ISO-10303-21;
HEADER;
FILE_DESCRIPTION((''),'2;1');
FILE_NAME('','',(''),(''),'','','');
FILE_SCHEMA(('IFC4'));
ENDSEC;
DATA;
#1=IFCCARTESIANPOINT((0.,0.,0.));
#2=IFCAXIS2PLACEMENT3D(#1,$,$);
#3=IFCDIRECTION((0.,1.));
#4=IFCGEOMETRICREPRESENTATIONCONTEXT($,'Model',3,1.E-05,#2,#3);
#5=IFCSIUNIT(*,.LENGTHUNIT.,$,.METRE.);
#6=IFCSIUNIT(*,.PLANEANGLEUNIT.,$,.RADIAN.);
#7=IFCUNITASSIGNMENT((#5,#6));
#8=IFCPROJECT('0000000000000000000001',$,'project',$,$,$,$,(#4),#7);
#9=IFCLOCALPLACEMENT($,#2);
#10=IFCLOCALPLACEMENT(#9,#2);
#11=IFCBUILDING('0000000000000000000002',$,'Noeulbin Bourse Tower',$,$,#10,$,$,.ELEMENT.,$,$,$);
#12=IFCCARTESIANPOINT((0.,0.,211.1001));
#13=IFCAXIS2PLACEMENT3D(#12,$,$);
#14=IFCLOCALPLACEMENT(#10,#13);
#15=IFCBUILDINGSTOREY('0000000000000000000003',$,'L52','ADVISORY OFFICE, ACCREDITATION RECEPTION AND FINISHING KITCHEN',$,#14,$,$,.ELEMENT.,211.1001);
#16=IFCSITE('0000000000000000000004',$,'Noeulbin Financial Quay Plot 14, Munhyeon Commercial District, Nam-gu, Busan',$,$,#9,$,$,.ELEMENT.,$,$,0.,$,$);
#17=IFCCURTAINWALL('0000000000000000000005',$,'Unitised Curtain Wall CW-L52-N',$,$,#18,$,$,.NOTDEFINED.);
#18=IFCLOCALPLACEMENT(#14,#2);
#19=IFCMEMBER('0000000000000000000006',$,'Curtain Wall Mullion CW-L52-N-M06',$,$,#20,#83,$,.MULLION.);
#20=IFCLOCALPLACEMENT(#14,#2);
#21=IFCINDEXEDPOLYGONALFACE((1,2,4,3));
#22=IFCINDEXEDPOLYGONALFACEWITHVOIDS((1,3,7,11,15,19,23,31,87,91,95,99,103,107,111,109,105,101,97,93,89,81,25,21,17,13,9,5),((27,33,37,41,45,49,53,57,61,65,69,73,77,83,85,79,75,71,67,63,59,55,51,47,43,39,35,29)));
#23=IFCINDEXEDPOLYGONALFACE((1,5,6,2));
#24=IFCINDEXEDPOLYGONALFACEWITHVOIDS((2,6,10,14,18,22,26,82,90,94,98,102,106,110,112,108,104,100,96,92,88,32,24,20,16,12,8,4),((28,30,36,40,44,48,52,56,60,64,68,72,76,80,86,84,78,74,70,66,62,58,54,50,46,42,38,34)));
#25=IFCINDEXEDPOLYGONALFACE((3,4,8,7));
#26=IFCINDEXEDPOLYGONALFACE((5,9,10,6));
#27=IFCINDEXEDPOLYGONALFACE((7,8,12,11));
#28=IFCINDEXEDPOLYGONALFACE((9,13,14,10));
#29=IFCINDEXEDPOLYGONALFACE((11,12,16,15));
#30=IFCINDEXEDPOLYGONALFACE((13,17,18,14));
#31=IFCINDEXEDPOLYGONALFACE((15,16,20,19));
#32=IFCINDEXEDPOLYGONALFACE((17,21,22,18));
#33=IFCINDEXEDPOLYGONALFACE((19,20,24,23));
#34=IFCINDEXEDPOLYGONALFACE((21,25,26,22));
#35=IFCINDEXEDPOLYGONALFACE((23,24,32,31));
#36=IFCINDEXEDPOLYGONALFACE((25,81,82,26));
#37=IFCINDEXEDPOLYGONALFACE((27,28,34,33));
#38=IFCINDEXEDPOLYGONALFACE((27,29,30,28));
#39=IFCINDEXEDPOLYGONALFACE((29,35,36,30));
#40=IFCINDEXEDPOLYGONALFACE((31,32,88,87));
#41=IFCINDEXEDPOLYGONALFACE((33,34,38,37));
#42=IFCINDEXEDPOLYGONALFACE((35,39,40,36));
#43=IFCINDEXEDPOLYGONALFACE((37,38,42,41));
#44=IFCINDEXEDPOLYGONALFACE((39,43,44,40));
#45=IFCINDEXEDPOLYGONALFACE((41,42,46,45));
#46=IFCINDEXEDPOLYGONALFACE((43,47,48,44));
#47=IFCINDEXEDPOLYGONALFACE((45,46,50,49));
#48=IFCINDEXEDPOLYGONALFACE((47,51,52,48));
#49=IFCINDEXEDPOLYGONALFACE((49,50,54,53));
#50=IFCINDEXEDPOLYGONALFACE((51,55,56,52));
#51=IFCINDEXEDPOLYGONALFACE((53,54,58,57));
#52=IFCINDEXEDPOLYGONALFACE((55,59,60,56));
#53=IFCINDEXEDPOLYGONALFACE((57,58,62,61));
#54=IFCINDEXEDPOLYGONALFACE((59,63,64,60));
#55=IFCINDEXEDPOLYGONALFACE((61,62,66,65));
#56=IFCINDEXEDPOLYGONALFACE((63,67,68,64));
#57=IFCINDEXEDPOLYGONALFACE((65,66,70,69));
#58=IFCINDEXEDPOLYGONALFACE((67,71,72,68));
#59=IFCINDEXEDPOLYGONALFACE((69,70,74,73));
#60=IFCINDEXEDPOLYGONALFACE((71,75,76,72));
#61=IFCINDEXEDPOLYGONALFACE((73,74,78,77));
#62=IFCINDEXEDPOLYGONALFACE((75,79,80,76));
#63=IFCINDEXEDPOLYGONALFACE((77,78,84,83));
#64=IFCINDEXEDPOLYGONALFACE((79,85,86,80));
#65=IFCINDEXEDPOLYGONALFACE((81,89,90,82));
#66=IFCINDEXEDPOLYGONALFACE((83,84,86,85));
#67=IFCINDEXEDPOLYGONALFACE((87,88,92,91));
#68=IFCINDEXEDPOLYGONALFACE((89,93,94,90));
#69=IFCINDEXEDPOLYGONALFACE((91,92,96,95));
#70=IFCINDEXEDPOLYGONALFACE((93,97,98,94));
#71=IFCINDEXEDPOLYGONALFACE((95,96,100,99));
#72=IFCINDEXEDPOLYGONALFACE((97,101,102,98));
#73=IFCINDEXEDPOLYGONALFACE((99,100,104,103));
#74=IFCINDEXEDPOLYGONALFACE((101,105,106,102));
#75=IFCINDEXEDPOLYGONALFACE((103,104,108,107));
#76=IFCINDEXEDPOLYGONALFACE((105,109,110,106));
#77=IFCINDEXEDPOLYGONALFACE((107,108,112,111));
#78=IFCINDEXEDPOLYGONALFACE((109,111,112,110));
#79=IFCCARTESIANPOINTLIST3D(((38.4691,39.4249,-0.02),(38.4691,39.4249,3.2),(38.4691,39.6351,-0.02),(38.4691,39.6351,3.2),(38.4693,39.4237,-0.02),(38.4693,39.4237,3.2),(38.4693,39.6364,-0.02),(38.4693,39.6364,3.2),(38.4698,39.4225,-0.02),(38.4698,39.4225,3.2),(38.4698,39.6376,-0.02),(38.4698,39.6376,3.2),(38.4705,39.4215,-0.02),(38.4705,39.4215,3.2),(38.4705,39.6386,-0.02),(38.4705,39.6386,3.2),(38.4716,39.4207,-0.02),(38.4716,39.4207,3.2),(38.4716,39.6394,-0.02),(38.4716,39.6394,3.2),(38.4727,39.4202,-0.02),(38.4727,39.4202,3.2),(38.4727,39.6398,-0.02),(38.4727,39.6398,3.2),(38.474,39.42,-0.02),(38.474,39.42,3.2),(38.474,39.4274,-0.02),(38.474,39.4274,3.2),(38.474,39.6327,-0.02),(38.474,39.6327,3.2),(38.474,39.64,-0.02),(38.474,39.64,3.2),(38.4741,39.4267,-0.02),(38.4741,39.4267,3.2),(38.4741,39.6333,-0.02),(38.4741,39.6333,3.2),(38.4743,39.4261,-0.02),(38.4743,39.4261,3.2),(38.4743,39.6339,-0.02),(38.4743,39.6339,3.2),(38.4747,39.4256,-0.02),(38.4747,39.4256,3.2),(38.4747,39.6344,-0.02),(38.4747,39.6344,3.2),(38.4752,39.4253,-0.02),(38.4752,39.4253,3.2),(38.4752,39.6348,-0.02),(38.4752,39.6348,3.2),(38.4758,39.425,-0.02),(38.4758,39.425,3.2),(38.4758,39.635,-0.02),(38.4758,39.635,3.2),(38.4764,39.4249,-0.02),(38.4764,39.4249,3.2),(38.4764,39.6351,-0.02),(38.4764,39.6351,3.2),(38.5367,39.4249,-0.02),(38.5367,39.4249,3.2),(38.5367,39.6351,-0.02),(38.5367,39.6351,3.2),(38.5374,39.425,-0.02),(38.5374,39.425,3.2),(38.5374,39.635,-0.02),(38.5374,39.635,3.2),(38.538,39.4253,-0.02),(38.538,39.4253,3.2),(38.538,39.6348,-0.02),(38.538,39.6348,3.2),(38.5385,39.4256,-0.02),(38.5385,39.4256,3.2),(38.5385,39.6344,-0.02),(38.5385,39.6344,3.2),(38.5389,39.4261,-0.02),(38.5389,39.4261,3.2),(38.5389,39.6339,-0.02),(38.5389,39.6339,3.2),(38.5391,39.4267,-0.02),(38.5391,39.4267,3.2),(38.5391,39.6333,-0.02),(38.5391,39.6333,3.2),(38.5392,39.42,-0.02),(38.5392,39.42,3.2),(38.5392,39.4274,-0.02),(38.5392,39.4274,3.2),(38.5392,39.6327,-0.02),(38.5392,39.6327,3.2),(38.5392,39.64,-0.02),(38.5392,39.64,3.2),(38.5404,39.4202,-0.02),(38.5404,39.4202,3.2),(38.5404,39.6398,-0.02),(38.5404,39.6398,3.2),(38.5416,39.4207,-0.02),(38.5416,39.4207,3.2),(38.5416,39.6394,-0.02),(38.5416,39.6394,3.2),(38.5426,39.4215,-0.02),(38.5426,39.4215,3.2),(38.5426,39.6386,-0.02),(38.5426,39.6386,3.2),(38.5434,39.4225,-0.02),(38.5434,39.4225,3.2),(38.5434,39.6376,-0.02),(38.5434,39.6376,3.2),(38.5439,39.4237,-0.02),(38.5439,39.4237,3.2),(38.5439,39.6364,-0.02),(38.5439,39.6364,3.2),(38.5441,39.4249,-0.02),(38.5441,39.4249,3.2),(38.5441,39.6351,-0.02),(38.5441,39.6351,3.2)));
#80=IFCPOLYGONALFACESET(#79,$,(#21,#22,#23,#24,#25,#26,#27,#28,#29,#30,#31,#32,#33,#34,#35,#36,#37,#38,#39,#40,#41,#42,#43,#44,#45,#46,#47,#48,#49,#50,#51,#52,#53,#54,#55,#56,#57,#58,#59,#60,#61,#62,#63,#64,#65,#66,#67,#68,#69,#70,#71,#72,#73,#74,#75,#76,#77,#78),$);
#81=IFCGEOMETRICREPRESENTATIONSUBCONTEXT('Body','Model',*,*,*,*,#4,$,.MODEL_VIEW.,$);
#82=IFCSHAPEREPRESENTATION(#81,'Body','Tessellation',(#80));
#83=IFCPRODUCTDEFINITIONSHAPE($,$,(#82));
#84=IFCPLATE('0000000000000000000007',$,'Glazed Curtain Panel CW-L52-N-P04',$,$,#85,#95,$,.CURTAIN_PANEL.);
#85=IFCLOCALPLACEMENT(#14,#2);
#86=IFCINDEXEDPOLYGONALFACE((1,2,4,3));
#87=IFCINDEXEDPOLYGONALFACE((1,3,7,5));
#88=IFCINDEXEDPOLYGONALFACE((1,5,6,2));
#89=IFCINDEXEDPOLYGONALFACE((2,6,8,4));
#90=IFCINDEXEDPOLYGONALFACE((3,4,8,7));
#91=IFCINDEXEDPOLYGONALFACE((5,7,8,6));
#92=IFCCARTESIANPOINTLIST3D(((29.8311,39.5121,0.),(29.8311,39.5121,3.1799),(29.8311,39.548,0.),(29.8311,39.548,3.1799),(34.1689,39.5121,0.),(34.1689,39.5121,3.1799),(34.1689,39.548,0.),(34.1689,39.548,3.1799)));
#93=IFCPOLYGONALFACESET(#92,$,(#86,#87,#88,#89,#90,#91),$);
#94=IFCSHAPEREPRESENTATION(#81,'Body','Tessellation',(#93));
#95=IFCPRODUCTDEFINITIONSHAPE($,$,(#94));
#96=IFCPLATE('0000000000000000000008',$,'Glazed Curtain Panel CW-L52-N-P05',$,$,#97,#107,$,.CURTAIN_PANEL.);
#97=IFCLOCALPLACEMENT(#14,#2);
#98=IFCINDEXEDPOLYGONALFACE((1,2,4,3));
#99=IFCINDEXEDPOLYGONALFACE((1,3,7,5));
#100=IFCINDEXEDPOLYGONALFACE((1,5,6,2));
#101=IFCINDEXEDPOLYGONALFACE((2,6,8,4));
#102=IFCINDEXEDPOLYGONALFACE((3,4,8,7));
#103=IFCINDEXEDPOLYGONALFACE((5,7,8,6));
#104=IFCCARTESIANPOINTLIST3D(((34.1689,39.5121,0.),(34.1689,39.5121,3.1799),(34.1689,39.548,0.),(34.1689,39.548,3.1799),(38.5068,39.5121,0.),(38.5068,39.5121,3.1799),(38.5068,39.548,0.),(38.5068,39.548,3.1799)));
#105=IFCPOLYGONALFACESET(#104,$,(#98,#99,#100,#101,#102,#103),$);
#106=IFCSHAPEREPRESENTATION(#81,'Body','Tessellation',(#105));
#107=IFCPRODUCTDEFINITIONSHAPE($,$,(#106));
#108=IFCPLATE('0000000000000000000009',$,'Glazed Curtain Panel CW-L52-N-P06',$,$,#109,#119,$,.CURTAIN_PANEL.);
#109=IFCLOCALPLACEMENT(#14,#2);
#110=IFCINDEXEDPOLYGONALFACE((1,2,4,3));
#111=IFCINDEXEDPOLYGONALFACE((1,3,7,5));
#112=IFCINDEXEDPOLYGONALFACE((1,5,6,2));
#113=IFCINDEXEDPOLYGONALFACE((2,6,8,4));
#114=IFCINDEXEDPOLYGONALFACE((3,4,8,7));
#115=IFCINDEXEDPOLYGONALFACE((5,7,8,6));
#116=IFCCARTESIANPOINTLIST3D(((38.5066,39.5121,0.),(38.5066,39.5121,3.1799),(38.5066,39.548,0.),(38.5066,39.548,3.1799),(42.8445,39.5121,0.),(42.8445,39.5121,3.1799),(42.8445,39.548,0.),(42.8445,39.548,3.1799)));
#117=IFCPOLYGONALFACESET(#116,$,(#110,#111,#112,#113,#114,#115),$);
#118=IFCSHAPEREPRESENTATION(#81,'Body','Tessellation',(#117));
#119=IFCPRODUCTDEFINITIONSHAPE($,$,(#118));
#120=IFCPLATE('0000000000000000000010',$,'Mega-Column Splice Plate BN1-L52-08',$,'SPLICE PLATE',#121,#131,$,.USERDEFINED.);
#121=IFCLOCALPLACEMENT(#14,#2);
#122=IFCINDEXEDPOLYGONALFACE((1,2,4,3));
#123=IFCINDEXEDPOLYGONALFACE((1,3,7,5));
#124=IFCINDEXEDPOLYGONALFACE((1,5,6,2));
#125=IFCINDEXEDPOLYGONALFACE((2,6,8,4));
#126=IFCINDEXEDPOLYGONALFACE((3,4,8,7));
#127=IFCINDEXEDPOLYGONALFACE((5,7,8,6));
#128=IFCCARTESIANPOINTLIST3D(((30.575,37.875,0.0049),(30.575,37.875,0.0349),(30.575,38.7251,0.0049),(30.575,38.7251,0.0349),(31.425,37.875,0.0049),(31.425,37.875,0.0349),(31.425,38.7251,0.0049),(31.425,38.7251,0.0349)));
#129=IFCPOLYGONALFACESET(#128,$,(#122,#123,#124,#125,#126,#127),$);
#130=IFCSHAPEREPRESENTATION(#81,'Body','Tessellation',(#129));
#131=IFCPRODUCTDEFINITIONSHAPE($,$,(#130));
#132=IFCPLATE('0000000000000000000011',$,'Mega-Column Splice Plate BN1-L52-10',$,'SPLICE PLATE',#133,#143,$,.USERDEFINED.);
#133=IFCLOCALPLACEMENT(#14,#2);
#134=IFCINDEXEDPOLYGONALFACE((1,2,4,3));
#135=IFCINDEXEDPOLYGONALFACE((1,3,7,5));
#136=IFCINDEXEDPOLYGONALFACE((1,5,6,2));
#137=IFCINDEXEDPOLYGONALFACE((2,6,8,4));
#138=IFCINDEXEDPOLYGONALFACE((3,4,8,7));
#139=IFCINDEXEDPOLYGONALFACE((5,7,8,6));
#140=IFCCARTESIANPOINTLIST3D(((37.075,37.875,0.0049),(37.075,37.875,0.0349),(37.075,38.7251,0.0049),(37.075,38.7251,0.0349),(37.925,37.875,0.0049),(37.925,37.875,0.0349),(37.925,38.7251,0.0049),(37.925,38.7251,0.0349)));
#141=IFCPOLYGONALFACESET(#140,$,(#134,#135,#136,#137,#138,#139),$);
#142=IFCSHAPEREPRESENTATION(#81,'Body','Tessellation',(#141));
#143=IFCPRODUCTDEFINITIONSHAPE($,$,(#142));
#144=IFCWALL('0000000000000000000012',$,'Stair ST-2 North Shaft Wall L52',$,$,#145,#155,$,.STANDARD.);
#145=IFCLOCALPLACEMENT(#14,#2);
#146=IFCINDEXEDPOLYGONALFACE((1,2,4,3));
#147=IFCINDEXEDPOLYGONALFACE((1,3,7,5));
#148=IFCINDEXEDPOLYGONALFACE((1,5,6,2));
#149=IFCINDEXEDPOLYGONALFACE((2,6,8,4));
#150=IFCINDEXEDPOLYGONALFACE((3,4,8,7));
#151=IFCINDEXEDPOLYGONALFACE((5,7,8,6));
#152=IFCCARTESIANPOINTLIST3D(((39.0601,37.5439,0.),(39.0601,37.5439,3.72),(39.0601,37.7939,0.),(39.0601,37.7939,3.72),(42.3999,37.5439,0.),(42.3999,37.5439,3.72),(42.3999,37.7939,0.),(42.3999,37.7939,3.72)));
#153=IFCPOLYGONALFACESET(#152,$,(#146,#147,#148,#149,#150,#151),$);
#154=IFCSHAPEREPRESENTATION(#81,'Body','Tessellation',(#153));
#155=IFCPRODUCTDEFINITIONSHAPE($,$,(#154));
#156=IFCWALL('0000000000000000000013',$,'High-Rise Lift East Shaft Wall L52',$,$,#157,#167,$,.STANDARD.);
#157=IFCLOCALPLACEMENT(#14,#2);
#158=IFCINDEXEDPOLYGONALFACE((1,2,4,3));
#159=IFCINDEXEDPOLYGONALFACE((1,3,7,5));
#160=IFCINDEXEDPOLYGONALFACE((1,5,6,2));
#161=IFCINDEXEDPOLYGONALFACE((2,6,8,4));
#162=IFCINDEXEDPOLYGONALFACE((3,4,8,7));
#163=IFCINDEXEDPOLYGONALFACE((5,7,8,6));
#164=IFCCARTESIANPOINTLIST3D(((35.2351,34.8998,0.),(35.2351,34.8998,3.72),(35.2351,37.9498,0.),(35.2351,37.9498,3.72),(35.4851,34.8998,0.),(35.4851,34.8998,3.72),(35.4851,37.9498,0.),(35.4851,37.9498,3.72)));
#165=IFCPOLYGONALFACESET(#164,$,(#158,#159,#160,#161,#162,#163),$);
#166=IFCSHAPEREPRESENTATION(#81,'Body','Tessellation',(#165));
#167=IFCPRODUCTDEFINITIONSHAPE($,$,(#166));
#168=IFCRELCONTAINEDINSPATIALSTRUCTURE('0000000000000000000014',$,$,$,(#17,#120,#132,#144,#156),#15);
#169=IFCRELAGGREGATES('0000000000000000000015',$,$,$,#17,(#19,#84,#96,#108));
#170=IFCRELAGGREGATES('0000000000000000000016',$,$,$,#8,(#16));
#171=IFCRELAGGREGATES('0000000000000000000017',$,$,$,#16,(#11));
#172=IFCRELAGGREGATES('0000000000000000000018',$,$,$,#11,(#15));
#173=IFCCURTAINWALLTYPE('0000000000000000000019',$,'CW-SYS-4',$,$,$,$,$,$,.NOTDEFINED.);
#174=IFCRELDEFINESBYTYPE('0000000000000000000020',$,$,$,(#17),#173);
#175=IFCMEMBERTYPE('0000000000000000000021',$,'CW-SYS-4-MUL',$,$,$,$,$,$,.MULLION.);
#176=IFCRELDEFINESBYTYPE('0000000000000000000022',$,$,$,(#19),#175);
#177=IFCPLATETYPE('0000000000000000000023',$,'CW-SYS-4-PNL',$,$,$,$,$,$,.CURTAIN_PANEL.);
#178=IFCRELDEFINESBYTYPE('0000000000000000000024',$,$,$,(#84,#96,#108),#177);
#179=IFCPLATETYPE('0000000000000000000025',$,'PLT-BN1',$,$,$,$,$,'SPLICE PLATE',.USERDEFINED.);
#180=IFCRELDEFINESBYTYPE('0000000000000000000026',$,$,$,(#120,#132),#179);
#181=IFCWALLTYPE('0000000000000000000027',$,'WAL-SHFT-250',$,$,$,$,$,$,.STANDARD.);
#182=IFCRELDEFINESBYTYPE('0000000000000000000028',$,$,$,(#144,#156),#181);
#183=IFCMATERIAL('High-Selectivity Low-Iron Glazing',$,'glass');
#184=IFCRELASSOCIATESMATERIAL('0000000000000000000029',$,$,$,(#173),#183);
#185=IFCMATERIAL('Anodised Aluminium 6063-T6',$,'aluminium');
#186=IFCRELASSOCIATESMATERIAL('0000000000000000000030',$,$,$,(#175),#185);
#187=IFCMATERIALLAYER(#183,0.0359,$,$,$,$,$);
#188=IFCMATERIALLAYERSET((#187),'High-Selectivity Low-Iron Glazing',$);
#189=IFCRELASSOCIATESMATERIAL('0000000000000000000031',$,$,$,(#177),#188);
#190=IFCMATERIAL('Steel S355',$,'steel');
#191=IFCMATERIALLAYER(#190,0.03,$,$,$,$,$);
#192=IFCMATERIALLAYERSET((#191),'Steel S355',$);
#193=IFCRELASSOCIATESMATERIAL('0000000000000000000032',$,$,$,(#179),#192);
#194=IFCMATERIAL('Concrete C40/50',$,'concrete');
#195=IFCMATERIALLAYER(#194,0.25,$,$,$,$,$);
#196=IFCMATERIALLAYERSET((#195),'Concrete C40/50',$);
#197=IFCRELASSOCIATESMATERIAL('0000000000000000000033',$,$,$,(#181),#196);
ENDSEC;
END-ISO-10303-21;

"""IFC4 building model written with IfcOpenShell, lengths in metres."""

from ifc_helpers import new_model, si_unit, direction, frame, frame_2d, origin, origin_2d, place, context, subcontext, project, spatial, rectangle, hollow_rectangle, extrude, material, layer, layer_set, material_profile, profile_set, type_object, element, aggregate, save


model = new_model("IFC4")

# Units and contexts
model_context = context("Model", 3, precision=1e-05, world=origin(), true_north=direction((0.0, 1.0)))
body_context = subcontext(model_context, "Body", "Model", "MODEL_VIEW")
ifc_project = project(units=[si_unit("LENGTHUNIT", "METRE"), si_unit("PLANEANGLEUNIT", "RADIAN")], contexts=[model_context])

# Site, building, storey
site_placement = place(None, origin())
site = spatial("IfcSite", under=ifc_project, at=site_placement, Name="Noeulbin Financial Quay Plot 14, Munhyeon Commercial District, Nam-gu, Busan", CompositionType="ELEMENT", RefElevation=0.0)
building_placement = place(site_placement, origin())
building = spatial("IfcBuilding", under=site, at=building_placement, Name="Noeulbin Bourse Tower", CompositionType="ELEMENT")
storey_placement = place(building_placement, frame((0.0, 0.0, 211.1001)))
storey = spatial("IfcBuildingStorey", under=building, at=storey_placement, Name="L52", Description="ADVISORY OFFICE, ACCREDITATION RECEPTION AND FINISHING KITCHEN", CompositionType="ELEMENT", Elevation=211.1001)

# Shared definitions
ifc_material_1 = material(Name="Steel S355", Category="steel")

# Curtain wall, member, plates
ifc_material_2 = material(Name="High-Selectivity Low-Iron Glazing", Category="glass")
curtain_wall_type = type_object("IfcCurtainWallType", Name="CW-SYS-4", PredefinedType="NOTDEFINED", material=ifc_material_2)
curtain_wall_placement = place(storey_placement, origin())
curtain_wall = element("IfcCurtainWall", 1, at=curtain_wall_placement, inside=storey, type_object=curtain_wall_type, Name="Unitised Curtain Wall CW-L52-N", PredefinedType="NOTDEFINED")
ifc_material_3 = material(Name="Anodised Aluminium 6063-T6", Category="aluminium")
ifc_material_profile_1 = material_profile(ifc_material_3, hollow_rectangle(XDim=0.075, YDim=0.22, WallThickness=0.0049, InnerFilletRadius=0.0024, OuterFilletRadius=0.0049, at=origin_2d()), Name="ALU-MULL-75x220x5", Category="LoadBearing")
ifc_profile_set_1 = profile_set([ifc_material_profile_1], Name="Anodised Aluminium 6063-T6")
member_type = type_object("IfcMemberType", Name="CW-SYS-4-MUL", PredefinedType="MULLION", material=ifc_profile_set_1)
member_1_placement = place(storey_placement, frame((38.5066, 39.53, -0.02), z_axis=(0.0, 0.0, 1.0), x_axis=(1.0, 0.0, 0.0)))
member_1 = element("IfcMember", 2, at=member_1_placement, type_object=member_type, Name="Curtain Wall Mullion CW-L52-N-M06", PredefinedType="MULLION", context=body_context, shape_type="SweptSolid", body=[
    extrude(hollow_rectangle(XDim=0.075, YDim=0.22, WallThickness=0.0049, InnerFilletRadius=0.0024, OuterFilletRadius=0.0049, at=origin_2d()), origin(), (0.0, 0.0, 1.0), 3.22),
])
ifc_layer_1 = layer(ifc_material_2, 0.0359)
ifc_layer_set_1 = layer_set([ifc_layer_1], Name="High-Selectivity Low-Iron Glazing")
plate_type_1 = type_object("IfcPlateType", Name="CW-SYS-4-PNL", PredefinedType="CURTAIN_PANEL", material=ifc_layer_set_1)
plate_1_placement = place(storey_placement, frame((32.0, 39.53, 0.0), z_axis=(0.0, 0.0, 1.0), x_axis=(1.0, 0.0, 0.0)))
plate_1 = element("IfcPlate", 3, at=plate_1_placement, type_object=plate_type_1, Name="Glazed Curtain Panel CW-L52-N-P04", PredefinedType="CURTAIN_PANEL", context=body_context, shape_type="SweptSolid", body=[
    extrude(rectangle(XDim=4.3379, YDim=0.0359, at=origin_2d()), origin(), (0.0, 0.0, 1.0), 3.1799),
])
plate_2_placement = place(storey_placement, frame((36.3379, 39.53, 0.0), z_axis=(0.0, 0.0, 1.0), x_axis=(1.0, 0.0, 0.0)))
plate_2 = element("IfcPlate", 4, at=plate_2_placement, type_object=plate_type_1, Name="Glazed Curtain Panel CW-L52-N-P05", PredefinedType="CURTAIN_PANEL", context=body_context, shape_type="SweptSolid", body=[
    extrude(rectangle(XDim=4.3379, YDim=0.0359, at=origin_2d()), origin(), (0.0, 0.0, 1.0), 3.1799),
])
plate_3_placement = place(storey_placement, frame((40.6755, 39.53, 0.0), z_axis=(0.0, 0.0, 1.0), x_axis=(1.0, 0.0, 0.0)))
plate_3 = element("IfcPlate", 5, at=plate_3_placement, type_object=plate_type_1, Name="Glazed Curtain Panel CW-L52-N-P06", PredefinedType="CURTAIN_PANEL", context=body_context, shape_type="SweptSolid", body=[
    extrude(rectangle(XDim=4.3379, YDim=0.0359, at=origin_2d()), origin(), (0.0, 0.0, 1.0), 3.1799),
])
aggregate(curtain_wall, [member_1, plate_1, plate_2, plate_3])

# Plates
ifc_layer_2 = layer(ifc_material_1, 0.03)
ifc_layer_set_2 = layer_set([ifc_layer_2], Name="Steel S355")
plate_type_2 = type_object("IfcPlateType", Name="PLT-BN1", ElementType="SPLICE PLATE", PredefinedType="USERDEFINED", material=ifc_layer_set_2)
for number, where, z_axis, x_axis, name in (
    (6, (31.0, 38.3, 0.0049), (0.0, 0.0, 1.0), (1.0, 0.0, 0.0), "Mega-Column Splice Plate BN1-L52-08"),
    (7, (37.5, 38.3, 0.0049), (0.0, 0.0, 1.0), (1.0, 0.0, 0.0), "Mega-Column Splice Plate BN1-L52-10"),
):
    element("IfcPlate", number, at=place(storey_placement, frame(where, z_axis=z_axis, x_axis=x_axis)), inside=storey, type_object=plate_type_2, Name=name, ObjectType="SPLICE PLATE", PredefinedType="USERDEFINED", context=body_context, shape_type="SweptSolid", body=[
        extrude(rectangle(XDim=0.8501, YDim=0.8501, at=origin_2d()), origin(), (0.0, 0.0, 1.0), 0.03),
    ])

# Walls
ifc_material_4 = material(Name="Concrete C40/50", Category="concrete")
ifc_layer_3 = layer(ifc_material_4, 0.25)
ifc_layer_set_3 = layer_set([ifc_layer_3], Name="Concrete C40/50")
wall_type = type_object("IfcWallType", Name="WAL-SHFT-250", PredefinedType="STANDARD", material=ifc_layer_set_3)
wall_1_placement = place(storey_placement, frame((39.0601, 37.6689, 0.0), z_axis=(0.0, 0.0, 1.0), x_axis=(1.0, 0.0, 0.0)))
element("IfcWall", 8, at=wall_1_placement, inside=storey, type_object=wall_type, Name="Stair ST-2 North Shaft Wall L52", PredefinedType="STANDARD", context=body_context, shape_type="SweptSolid", body=[
    extrude(rectangle(XDim=3.3398, YDim=0.25, at=frame_2d((1.6699, 0.0))), origin(), (0.0, 0.0, 1.0), 3.72),
])
wall_2_placement = place(storey_placement, frame((35.3601, 34.8999, 0.0), z_axis=(0.0, 0.0, 1.0), x_axis=(0.0, 1.0, 0.0)))
element("IfcWall", 9, at=wall_2_placement, inside=storey, type_object=wall_type, Name="High-Rise Lift East Shaft Wall L52", PredefinedType="STANDARD", context=body_context, shape_type="SweptSolid", body=[
    extrude(rectangle(XDim=3.05, YDim=0.25, at=frame_2d((1.5249, 0.0))), origin(), (0.0, 0.0, 1.0), 3.72),
])

save(model, "model.ifc")
